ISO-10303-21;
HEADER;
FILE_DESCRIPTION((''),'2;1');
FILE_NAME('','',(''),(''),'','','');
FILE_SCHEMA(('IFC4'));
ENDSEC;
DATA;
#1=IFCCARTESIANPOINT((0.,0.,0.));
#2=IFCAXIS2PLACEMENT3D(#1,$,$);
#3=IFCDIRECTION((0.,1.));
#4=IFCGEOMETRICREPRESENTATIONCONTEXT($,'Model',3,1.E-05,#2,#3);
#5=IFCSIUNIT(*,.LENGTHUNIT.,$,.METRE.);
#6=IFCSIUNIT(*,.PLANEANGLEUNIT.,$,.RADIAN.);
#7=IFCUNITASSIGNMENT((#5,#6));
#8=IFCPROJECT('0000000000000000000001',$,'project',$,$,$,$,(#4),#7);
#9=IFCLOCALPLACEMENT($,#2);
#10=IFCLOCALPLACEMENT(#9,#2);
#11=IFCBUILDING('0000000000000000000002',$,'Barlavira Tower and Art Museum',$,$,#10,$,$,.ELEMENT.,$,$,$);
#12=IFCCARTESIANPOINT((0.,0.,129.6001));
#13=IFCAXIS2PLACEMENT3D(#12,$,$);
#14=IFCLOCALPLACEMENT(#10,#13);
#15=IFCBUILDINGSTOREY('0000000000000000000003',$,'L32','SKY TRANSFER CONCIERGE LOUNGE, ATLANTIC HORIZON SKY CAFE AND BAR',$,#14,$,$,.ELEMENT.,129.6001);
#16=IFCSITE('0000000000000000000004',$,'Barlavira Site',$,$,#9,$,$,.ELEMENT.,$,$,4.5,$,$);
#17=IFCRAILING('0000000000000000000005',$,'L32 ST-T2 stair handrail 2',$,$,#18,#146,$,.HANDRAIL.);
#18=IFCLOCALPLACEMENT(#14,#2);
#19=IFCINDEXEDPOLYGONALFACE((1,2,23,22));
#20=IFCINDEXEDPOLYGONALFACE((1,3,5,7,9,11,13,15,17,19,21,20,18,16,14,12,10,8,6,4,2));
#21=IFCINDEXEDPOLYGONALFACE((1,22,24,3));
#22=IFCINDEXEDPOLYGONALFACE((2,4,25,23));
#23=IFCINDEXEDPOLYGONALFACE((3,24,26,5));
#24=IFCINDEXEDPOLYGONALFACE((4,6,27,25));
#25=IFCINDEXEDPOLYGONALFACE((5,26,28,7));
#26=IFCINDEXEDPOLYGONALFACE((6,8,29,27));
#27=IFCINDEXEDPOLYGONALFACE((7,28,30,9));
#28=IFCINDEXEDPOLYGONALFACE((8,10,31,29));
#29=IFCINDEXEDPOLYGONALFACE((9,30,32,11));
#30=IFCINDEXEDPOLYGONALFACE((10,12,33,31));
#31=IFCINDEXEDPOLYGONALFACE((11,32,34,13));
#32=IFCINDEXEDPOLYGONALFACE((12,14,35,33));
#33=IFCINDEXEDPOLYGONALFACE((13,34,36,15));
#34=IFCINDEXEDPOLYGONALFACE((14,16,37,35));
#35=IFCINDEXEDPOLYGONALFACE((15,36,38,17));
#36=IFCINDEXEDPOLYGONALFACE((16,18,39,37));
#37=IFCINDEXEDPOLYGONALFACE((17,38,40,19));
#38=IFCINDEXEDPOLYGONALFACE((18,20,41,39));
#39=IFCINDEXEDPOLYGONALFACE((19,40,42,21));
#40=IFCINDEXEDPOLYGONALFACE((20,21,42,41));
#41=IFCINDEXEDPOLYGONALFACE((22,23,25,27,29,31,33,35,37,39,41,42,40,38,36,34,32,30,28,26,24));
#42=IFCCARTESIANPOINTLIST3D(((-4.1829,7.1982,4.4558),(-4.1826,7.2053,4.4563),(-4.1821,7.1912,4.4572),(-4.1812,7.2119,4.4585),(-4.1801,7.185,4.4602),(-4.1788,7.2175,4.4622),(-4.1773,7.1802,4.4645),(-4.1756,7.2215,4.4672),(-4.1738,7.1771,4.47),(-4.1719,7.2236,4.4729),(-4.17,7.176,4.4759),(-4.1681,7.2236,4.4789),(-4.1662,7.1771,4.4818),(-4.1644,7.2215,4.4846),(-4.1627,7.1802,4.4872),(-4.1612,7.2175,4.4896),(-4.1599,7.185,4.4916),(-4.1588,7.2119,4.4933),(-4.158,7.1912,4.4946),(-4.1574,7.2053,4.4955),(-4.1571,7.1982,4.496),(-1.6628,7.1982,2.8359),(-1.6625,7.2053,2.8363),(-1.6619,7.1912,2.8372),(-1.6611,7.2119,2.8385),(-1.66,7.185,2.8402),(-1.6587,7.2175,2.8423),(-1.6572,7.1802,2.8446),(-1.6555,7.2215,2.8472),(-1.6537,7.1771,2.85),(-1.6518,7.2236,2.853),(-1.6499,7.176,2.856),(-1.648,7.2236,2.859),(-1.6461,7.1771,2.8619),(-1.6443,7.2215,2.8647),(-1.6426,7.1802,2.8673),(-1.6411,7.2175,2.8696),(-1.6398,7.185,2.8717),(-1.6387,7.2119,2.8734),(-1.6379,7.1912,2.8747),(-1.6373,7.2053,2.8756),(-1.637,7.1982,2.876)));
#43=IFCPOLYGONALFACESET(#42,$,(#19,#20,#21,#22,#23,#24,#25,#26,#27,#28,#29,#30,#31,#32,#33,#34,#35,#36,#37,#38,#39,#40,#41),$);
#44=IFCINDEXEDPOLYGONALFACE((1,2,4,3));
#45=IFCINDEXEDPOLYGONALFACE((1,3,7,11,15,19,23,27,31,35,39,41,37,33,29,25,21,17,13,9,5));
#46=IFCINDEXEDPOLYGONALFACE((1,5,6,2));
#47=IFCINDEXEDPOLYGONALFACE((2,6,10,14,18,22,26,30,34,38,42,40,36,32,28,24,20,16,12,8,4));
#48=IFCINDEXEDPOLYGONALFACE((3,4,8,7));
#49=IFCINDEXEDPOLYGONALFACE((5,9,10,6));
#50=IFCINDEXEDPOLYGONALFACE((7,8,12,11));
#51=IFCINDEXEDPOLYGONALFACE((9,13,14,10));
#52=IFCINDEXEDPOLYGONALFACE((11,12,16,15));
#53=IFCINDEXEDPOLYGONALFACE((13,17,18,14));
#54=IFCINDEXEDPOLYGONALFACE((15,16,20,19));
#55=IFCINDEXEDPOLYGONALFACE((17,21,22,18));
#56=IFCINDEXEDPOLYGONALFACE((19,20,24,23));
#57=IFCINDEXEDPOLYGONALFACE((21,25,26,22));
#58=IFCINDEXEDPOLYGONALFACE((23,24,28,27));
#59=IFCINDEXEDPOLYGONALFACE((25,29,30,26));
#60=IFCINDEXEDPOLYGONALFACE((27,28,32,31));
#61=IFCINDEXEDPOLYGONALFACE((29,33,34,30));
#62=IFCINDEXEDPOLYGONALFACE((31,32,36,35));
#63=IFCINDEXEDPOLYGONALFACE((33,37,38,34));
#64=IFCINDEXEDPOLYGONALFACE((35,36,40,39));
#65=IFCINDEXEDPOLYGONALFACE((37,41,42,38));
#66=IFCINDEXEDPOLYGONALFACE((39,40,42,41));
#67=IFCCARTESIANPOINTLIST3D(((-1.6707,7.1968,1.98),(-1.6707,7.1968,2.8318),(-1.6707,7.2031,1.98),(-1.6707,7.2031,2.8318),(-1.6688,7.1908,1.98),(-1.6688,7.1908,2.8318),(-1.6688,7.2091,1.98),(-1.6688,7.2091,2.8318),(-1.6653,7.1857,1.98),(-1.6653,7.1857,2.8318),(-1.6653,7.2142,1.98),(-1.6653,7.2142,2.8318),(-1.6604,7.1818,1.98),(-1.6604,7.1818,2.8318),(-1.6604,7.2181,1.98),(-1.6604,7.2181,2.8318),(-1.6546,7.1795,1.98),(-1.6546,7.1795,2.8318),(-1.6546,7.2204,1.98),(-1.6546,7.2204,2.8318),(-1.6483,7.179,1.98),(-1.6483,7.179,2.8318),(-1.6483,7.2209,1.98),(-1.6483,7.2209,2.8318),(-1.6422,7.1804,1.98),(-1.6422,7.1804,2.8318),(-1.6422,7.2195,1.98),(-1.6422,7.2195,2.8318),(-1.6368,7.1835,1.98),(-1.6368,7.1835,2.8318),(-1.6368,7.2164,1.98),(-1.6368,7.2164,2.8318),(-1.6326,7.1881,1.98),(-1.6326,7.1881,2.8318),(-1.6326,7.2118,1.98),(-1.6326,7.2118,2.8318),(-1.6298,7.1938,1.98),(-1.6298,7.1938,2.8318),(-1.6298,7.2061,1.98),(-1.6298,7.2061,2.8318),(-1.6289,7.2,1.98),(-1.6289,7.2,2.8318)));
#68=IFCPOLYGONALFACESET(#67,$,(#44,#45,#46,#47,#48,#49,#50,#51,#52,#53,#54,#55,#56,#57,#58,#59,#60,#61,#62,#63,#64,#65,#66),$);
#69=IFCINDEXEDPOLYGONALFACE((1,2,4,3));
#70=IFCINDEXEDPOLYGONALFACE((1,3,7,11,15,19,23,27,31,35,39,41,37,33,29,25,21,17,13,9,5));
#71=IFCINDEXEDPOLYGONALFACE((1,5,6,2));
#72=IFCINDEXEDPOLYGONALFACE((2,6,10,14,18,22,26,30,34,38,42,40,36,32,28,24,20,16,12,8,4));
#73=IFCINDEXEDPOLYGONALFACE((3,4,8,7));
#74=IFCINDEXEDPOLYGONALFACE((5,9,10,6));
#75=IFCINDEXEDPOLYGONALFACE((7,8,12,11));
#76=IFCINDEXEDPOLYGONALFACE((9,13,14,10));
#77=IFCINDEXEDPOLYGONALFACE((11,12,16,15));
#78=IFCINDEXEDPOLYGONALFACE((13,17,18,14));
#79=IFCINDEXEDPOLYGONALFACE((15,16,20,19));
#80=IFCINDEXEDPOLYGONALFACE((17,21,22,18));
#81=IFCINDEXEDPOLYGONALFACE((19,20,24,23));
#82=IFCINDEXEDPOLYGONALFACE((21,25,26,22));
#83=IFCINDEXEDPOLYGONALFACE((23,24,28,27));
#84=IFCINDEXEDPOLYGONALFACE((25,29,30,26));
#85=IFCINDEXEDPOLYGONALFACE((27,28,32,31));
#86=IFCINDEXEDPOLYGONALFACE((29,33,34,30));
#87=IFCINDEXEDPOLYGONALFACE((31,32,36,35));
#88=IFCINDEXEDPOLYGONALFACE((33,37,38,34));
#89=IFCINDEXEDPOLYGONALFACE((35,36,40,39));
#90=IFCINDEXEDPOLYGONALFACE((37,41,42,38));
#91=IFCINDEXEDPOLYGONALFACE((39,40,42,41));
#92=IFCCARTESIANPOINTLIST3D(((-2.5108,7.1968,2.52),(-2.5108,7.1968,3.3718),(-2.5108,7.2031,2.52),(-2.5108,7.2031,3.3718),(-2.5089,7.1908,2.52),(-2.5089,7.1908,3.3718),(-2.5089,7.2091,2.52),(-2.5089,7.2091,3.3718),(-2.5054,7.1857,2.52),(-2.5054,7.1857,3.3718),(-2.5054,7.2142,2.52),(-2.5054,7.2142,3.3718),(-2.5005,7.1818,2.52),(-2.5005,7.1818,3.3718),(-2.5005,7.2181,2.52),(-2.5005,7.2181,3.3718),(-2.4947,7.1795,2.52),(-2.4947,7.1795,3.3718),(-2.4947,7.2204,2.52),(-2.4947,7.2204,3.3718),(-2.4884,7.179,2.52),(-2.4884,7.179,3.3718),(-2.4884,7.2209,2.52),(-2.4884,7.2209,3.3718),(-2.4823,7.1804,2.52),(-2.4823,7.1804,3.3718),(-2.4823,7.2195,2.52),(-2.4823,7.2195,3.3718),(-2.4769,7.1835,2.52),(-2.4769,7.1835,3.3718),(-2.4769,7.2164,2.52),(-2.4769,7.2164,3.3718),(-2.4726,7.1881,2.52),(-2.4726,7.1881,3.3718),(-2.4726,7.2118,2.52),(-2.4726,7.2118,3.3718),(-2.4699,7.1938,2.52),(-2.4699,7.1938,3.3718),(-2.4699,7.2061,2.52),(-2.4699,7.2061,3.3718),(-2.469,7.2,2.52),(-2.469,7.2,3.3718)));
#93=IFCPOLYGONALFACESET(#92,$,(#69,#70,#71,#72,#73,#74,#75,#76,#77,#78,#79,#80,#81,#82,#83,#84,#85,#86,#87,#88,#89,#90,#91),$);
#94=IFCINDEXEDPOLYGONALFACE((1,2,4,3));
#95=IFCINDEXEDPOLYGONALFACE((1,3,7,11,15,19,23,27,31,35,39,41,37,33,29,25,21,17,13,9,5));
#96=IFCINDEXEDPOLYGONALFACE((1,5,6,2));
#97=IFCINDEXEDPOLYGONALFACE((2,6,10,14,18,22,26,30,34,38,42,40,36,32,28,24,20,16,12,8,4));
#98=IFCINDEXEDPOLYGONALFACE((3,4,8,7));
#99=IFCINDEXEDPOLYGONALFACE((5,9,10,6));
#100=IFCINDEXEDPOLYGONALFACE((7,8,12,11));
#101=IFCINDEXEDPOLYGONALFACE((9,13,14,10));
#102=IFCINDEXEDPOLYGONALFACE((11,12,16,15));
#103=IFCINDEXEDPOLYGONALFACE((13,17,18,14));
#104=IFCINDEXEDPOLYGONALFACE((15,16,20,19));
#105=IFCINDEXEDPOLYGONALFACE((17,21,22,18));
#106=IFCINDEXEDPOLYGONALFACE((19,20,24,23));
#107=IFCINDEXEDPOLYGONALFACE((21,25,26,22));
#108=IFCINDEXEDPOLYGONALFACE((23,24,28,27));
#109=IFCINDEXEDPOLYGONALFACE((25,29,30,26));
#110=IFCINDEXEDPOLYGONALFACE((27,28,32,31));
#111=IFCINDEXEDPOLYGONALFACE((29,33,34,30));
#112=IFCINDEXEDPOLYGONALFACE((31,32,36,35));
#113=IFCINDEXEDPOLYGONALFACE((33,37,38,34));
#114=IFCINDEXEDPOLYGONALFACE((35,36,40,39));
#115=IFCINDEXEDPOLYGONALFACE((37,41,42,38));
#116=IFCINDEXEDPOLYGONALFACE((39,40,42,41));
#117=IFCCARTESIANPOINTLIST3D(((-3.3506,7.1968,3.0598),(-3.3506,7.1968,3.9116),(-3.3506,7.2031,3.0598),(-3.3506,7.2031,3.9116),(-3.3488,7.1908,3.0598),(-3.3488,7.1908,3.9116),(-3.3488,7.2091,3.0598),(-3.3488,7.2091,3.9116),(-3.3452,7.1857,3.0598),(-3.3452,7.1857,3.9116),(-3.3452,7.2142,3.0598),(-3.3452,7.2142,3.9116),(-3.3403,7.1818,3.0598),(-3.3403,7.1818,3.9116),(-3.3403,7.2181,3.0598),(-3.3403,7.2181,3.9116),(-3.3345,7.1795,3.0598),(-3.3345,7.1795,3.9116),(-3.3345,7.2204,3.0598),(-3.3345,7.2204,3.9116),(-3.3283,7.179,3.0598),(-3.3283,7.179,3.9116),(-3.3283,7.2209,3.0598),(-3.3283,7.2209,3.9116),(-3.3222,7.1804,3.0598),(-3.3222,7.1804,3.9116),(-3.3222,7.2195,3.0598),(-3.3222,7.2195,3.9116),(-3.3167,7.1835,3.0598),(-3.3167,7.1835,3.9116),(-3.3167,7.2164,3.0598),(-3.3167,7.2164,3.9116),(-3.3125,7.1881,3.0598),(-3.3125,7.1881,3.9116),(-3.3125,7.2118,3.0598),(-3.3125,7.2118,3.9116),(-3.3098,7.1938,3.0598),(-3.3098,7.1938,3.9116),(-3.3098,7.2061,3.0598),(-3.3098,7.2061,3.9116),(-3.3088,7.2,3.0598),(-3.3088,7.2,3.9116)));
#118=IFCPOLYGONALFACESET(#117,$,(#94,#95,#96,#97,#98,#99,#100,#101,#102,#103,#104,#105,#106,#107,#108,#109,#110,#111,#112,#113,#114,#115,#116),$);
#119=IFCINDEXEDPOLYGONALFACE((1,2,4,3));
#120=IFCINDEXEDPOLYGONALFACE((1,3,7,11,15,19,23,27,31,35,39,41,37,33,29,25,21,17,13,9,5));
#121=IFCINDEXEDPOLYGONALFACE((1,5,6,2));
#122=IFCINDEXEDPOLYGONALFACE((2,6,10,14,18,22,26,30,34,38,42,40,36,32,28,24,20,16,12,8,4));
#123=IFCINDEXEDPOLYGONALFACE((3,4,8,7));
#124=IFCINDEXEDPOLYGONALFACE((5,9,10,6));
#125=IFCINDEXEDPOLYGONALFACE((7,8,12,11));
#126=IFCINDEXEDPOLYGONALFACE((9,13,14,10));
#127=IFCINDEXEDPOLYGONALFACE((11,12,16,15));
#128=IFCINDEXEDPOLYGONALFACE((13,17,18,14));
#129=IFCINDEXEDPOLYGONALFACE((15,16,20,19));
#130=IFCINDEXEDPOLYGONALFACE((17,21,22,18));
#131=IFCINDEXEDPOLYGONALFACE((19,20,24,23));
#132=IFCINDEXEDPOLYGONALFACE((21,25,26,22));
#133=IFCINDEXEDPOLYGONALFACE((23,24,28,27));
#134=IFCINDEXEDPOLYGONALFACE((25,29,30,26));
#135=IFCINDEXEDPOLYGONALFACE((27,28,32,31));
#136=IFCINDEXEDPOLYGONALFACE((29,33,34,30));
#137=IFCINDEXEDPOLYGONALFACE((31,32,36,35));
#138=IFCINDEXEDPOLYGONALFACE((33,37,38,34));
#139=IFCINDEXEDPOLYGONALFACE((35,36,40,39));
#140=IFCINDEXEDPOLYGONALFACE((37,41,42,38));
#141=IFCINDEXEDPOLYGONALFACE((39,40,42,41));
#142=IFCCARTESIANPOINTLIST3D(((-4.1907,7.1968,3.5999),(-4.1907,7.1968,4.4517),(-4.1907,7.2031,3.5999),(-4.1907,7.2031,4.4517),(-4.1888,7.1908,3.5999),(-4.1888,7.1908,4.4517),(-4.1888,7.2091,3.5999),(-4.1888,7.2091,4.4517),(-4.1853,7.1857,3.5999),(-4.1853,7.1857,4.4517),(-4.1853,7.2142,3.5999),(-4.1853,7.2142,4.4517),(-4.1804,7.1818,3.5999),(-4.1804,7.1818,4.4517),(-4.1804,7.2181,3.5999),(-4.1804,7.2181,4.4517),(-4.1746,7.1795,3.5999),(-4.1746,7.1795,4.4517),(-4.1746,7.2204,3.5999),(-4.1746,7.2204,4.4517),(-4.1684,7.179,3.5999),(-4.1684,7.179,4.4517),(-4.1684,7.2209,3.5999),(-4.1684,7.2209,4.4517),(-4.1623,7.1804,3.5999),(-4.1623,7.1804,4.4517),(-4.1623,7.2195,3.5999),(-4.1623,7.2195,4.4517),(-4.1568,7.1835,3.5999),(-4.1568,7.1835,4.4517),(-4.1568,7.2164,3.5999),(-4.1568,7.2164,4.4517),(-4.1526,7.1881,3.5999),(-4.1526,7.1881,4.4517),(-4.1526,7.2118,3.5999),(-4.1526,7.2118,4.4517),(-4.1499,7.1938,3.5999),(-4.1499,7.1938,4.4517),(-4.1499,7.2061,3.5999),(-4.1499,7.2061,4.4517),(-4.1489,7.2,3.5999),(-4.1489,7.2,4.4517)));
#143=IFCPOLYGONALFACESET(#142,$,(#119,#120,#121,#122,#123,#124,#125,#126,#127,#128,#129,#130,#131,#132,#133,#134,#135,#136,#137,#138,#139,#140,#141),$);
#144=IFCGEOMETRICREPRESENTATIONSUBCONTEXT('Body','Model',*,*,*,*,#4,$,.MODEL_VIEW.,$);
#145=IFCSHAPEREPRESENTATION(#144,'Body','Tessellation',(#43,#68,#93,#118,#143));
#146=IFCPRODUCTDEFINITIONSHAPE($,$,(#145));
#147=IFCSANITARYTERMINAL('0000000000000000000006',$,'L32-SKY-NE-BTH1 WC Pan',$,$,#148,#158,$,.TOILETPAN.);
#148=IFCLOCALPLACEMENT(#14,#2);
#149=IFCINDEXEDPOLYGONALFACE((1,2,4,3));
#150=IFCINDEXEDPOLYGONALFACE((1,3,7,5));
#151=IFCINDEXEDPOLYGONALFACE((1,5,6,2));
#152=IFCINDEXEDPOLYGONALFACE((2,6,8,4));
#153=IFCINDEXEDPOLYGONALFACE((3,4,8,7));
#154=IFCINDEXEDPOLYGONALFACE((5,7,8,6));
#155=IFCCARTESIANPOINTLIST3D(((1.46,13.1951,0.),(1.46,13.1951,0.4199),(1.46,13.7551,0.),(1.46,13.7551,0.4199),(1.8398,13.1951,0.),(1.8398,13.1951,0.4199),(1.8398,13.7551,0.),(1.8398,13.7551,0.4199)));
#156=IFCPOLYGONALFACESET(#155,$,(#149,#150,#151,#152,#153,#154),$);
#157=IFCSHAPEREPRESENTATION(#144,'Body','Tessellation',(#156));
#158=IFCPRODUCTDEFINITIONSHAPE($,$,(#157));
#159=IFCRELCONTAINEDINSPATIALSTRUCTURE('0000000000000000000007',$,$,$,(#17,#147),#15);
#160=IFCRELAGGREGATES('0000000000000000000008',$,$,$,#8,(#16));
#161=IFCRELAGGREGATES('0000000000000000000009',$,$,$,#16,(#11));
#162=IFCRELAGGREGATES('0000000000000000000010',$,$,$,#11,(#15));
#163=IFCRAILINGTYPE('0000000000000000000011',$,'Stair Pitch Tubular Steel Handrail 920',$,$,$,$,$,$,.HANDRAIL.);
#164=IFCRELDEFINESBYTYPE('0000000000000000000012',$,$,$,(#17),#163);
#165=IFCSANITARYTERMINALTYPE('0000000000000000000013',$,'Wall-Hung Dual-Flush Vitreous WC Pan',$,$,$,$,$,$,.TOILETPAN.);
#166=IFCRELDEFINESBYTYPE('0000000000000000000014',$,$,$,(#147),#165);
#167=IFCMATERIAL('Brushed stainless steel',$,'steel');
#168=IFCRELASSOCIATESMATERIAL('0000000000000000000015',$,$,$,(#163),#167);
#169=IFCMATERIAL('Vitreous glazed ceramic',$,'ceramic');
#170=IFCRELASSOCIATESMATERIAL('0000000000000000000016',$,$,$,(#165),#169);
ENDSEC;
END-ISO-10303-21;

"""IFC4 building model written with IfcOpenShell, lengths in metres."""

from ifc_helpers import new_model, si_unit, direction, frame, origin, origin_2d, place, context, subcontext, project, spatial, rectangle, circle, extrude, material, type_object, element, save


model = new_model("IFC4")

# Units and contexts
model_context = context("Model", 3, precision=1e-05, world=origin(), true_north=direction((0.0, 1.0)))
body_context = subcontext(model_context, "Body", "Model", "MODEL_VIEW")
ifc_project = project(units=[si_unit("LENGTHUNIT", "METRE"), si_unit("PLANEANGLEUNIT", "RADIAN")], contexts=[model_context])

# Site, building, storey
site_placement = place(None, origin())
site = spatial("IfcSite", under=ifc_project, at=site_placement, Name="Barlavira Site", CompositionType="ELEMENT", RefElevation=4.5)
building_placement = place(site_placement, origin())
building = spatial("IfcBuilding", under=site, at=building_placement, Name="Barlavira Tower and Art Museum", CompositionType="ELEMENT")
storey_placement = place(building_placement, frame((0.0, 0.0, 129.6001)))
storey = spatial("IfcBuildingStorey", under=building, at=storey_placement, Name="L32", Description="SKY TRANSFER CONCIERGE LOUNGE, ATLANTIC HORIZON SKY CAFE AND BAR", CompositionType="ELEMENT", Elevation=129.6001)

# Shared definitions
ifc_material_1 = material(Name="Brushed stainless steel", Category="steel")

# Railing
railing_type_1 = type_object("IfcRailingType", Name="Stair Pitch Tubular Steel Handrail 920", PredefinedType="HANDRAIL", material=ifc_material_1)
railing_1_placement = place(storey_placement, frame((-1.6499, 7.2, 1.98)))
element("IfcRailing", 1, at=railing_1_placement, inside=storey, type_object=railing_type_1, Name="L32 ST-T2 stair handrail 2", PredefinedType="HANDRAIL", context=body_context, shape_type="SweptSolid", body=[
    extrude(circle(Radius=0.0239, at=origin_2d()), frame((0.0, 0.0, 0.876), z_axis=(-0.8412, 0.0, 0.540725), x_axis=(0.0, -1.0, 0.0)), (0.0, 0.0, 1.0), 2.9958),
    extrude(circle(Radius=0.021, at=origin_2d()), origin(), (0.0, 0.0, 1.0), 0.8518),
    extrude(circle(Radius=0.021, at=origin_2d()), frame((-0.8401, 0.0, 0.54)), (0.0, 0.0, 1.0), 0.8518),
    extrude(circle(Radius=0.021, at=origin_2d()), frame((-1.6799, 0.0, 1.0798)), (0.0, 0.0, 1.0), 0.8518),
    extrude(circle(Radius=0.021, at=origin_2d()), frame((-2.52, 0.0, 1.6199)), (0.0, 0.0, 1.0), 0.8518),
])

# Sanitary terminal
ifc_material_2 = material(Name="Vitreous glazed ceramic", Category="ceramic")
sanitary_terminal_type = type_object("IfcSanitaryTerminalType", Name="Wall-Hung Dual-Flush Vitreous WC Pan", PredefinedType="TOILETPAN", material=ifc_material_2)
sanitary_terminal_placement = place(storey_placement, frame((1.6499, 13.4751, 0.0), z_axis=(0.0, 0.0, 1.0), x_axis=(1.0, 0.0, 0.0)))
element("IfcSanitaryTerminal", 2, at=sanitary_terminal_placement, inside=storey, type_object=sanitary_terminal_type, Name="L32-SKY-NE-BTH1 WC Pan", PredefinedType="TOILETPAN", context=body_context, shape_type="SweptSolid", body=[
    extrude(rectangle(XDim=0.3799, YDim=0.5601, at=origin_2d()), origin(), (0.0, 0.0, 1.0), 0.4199),
])

save(model, "model.ifc")
